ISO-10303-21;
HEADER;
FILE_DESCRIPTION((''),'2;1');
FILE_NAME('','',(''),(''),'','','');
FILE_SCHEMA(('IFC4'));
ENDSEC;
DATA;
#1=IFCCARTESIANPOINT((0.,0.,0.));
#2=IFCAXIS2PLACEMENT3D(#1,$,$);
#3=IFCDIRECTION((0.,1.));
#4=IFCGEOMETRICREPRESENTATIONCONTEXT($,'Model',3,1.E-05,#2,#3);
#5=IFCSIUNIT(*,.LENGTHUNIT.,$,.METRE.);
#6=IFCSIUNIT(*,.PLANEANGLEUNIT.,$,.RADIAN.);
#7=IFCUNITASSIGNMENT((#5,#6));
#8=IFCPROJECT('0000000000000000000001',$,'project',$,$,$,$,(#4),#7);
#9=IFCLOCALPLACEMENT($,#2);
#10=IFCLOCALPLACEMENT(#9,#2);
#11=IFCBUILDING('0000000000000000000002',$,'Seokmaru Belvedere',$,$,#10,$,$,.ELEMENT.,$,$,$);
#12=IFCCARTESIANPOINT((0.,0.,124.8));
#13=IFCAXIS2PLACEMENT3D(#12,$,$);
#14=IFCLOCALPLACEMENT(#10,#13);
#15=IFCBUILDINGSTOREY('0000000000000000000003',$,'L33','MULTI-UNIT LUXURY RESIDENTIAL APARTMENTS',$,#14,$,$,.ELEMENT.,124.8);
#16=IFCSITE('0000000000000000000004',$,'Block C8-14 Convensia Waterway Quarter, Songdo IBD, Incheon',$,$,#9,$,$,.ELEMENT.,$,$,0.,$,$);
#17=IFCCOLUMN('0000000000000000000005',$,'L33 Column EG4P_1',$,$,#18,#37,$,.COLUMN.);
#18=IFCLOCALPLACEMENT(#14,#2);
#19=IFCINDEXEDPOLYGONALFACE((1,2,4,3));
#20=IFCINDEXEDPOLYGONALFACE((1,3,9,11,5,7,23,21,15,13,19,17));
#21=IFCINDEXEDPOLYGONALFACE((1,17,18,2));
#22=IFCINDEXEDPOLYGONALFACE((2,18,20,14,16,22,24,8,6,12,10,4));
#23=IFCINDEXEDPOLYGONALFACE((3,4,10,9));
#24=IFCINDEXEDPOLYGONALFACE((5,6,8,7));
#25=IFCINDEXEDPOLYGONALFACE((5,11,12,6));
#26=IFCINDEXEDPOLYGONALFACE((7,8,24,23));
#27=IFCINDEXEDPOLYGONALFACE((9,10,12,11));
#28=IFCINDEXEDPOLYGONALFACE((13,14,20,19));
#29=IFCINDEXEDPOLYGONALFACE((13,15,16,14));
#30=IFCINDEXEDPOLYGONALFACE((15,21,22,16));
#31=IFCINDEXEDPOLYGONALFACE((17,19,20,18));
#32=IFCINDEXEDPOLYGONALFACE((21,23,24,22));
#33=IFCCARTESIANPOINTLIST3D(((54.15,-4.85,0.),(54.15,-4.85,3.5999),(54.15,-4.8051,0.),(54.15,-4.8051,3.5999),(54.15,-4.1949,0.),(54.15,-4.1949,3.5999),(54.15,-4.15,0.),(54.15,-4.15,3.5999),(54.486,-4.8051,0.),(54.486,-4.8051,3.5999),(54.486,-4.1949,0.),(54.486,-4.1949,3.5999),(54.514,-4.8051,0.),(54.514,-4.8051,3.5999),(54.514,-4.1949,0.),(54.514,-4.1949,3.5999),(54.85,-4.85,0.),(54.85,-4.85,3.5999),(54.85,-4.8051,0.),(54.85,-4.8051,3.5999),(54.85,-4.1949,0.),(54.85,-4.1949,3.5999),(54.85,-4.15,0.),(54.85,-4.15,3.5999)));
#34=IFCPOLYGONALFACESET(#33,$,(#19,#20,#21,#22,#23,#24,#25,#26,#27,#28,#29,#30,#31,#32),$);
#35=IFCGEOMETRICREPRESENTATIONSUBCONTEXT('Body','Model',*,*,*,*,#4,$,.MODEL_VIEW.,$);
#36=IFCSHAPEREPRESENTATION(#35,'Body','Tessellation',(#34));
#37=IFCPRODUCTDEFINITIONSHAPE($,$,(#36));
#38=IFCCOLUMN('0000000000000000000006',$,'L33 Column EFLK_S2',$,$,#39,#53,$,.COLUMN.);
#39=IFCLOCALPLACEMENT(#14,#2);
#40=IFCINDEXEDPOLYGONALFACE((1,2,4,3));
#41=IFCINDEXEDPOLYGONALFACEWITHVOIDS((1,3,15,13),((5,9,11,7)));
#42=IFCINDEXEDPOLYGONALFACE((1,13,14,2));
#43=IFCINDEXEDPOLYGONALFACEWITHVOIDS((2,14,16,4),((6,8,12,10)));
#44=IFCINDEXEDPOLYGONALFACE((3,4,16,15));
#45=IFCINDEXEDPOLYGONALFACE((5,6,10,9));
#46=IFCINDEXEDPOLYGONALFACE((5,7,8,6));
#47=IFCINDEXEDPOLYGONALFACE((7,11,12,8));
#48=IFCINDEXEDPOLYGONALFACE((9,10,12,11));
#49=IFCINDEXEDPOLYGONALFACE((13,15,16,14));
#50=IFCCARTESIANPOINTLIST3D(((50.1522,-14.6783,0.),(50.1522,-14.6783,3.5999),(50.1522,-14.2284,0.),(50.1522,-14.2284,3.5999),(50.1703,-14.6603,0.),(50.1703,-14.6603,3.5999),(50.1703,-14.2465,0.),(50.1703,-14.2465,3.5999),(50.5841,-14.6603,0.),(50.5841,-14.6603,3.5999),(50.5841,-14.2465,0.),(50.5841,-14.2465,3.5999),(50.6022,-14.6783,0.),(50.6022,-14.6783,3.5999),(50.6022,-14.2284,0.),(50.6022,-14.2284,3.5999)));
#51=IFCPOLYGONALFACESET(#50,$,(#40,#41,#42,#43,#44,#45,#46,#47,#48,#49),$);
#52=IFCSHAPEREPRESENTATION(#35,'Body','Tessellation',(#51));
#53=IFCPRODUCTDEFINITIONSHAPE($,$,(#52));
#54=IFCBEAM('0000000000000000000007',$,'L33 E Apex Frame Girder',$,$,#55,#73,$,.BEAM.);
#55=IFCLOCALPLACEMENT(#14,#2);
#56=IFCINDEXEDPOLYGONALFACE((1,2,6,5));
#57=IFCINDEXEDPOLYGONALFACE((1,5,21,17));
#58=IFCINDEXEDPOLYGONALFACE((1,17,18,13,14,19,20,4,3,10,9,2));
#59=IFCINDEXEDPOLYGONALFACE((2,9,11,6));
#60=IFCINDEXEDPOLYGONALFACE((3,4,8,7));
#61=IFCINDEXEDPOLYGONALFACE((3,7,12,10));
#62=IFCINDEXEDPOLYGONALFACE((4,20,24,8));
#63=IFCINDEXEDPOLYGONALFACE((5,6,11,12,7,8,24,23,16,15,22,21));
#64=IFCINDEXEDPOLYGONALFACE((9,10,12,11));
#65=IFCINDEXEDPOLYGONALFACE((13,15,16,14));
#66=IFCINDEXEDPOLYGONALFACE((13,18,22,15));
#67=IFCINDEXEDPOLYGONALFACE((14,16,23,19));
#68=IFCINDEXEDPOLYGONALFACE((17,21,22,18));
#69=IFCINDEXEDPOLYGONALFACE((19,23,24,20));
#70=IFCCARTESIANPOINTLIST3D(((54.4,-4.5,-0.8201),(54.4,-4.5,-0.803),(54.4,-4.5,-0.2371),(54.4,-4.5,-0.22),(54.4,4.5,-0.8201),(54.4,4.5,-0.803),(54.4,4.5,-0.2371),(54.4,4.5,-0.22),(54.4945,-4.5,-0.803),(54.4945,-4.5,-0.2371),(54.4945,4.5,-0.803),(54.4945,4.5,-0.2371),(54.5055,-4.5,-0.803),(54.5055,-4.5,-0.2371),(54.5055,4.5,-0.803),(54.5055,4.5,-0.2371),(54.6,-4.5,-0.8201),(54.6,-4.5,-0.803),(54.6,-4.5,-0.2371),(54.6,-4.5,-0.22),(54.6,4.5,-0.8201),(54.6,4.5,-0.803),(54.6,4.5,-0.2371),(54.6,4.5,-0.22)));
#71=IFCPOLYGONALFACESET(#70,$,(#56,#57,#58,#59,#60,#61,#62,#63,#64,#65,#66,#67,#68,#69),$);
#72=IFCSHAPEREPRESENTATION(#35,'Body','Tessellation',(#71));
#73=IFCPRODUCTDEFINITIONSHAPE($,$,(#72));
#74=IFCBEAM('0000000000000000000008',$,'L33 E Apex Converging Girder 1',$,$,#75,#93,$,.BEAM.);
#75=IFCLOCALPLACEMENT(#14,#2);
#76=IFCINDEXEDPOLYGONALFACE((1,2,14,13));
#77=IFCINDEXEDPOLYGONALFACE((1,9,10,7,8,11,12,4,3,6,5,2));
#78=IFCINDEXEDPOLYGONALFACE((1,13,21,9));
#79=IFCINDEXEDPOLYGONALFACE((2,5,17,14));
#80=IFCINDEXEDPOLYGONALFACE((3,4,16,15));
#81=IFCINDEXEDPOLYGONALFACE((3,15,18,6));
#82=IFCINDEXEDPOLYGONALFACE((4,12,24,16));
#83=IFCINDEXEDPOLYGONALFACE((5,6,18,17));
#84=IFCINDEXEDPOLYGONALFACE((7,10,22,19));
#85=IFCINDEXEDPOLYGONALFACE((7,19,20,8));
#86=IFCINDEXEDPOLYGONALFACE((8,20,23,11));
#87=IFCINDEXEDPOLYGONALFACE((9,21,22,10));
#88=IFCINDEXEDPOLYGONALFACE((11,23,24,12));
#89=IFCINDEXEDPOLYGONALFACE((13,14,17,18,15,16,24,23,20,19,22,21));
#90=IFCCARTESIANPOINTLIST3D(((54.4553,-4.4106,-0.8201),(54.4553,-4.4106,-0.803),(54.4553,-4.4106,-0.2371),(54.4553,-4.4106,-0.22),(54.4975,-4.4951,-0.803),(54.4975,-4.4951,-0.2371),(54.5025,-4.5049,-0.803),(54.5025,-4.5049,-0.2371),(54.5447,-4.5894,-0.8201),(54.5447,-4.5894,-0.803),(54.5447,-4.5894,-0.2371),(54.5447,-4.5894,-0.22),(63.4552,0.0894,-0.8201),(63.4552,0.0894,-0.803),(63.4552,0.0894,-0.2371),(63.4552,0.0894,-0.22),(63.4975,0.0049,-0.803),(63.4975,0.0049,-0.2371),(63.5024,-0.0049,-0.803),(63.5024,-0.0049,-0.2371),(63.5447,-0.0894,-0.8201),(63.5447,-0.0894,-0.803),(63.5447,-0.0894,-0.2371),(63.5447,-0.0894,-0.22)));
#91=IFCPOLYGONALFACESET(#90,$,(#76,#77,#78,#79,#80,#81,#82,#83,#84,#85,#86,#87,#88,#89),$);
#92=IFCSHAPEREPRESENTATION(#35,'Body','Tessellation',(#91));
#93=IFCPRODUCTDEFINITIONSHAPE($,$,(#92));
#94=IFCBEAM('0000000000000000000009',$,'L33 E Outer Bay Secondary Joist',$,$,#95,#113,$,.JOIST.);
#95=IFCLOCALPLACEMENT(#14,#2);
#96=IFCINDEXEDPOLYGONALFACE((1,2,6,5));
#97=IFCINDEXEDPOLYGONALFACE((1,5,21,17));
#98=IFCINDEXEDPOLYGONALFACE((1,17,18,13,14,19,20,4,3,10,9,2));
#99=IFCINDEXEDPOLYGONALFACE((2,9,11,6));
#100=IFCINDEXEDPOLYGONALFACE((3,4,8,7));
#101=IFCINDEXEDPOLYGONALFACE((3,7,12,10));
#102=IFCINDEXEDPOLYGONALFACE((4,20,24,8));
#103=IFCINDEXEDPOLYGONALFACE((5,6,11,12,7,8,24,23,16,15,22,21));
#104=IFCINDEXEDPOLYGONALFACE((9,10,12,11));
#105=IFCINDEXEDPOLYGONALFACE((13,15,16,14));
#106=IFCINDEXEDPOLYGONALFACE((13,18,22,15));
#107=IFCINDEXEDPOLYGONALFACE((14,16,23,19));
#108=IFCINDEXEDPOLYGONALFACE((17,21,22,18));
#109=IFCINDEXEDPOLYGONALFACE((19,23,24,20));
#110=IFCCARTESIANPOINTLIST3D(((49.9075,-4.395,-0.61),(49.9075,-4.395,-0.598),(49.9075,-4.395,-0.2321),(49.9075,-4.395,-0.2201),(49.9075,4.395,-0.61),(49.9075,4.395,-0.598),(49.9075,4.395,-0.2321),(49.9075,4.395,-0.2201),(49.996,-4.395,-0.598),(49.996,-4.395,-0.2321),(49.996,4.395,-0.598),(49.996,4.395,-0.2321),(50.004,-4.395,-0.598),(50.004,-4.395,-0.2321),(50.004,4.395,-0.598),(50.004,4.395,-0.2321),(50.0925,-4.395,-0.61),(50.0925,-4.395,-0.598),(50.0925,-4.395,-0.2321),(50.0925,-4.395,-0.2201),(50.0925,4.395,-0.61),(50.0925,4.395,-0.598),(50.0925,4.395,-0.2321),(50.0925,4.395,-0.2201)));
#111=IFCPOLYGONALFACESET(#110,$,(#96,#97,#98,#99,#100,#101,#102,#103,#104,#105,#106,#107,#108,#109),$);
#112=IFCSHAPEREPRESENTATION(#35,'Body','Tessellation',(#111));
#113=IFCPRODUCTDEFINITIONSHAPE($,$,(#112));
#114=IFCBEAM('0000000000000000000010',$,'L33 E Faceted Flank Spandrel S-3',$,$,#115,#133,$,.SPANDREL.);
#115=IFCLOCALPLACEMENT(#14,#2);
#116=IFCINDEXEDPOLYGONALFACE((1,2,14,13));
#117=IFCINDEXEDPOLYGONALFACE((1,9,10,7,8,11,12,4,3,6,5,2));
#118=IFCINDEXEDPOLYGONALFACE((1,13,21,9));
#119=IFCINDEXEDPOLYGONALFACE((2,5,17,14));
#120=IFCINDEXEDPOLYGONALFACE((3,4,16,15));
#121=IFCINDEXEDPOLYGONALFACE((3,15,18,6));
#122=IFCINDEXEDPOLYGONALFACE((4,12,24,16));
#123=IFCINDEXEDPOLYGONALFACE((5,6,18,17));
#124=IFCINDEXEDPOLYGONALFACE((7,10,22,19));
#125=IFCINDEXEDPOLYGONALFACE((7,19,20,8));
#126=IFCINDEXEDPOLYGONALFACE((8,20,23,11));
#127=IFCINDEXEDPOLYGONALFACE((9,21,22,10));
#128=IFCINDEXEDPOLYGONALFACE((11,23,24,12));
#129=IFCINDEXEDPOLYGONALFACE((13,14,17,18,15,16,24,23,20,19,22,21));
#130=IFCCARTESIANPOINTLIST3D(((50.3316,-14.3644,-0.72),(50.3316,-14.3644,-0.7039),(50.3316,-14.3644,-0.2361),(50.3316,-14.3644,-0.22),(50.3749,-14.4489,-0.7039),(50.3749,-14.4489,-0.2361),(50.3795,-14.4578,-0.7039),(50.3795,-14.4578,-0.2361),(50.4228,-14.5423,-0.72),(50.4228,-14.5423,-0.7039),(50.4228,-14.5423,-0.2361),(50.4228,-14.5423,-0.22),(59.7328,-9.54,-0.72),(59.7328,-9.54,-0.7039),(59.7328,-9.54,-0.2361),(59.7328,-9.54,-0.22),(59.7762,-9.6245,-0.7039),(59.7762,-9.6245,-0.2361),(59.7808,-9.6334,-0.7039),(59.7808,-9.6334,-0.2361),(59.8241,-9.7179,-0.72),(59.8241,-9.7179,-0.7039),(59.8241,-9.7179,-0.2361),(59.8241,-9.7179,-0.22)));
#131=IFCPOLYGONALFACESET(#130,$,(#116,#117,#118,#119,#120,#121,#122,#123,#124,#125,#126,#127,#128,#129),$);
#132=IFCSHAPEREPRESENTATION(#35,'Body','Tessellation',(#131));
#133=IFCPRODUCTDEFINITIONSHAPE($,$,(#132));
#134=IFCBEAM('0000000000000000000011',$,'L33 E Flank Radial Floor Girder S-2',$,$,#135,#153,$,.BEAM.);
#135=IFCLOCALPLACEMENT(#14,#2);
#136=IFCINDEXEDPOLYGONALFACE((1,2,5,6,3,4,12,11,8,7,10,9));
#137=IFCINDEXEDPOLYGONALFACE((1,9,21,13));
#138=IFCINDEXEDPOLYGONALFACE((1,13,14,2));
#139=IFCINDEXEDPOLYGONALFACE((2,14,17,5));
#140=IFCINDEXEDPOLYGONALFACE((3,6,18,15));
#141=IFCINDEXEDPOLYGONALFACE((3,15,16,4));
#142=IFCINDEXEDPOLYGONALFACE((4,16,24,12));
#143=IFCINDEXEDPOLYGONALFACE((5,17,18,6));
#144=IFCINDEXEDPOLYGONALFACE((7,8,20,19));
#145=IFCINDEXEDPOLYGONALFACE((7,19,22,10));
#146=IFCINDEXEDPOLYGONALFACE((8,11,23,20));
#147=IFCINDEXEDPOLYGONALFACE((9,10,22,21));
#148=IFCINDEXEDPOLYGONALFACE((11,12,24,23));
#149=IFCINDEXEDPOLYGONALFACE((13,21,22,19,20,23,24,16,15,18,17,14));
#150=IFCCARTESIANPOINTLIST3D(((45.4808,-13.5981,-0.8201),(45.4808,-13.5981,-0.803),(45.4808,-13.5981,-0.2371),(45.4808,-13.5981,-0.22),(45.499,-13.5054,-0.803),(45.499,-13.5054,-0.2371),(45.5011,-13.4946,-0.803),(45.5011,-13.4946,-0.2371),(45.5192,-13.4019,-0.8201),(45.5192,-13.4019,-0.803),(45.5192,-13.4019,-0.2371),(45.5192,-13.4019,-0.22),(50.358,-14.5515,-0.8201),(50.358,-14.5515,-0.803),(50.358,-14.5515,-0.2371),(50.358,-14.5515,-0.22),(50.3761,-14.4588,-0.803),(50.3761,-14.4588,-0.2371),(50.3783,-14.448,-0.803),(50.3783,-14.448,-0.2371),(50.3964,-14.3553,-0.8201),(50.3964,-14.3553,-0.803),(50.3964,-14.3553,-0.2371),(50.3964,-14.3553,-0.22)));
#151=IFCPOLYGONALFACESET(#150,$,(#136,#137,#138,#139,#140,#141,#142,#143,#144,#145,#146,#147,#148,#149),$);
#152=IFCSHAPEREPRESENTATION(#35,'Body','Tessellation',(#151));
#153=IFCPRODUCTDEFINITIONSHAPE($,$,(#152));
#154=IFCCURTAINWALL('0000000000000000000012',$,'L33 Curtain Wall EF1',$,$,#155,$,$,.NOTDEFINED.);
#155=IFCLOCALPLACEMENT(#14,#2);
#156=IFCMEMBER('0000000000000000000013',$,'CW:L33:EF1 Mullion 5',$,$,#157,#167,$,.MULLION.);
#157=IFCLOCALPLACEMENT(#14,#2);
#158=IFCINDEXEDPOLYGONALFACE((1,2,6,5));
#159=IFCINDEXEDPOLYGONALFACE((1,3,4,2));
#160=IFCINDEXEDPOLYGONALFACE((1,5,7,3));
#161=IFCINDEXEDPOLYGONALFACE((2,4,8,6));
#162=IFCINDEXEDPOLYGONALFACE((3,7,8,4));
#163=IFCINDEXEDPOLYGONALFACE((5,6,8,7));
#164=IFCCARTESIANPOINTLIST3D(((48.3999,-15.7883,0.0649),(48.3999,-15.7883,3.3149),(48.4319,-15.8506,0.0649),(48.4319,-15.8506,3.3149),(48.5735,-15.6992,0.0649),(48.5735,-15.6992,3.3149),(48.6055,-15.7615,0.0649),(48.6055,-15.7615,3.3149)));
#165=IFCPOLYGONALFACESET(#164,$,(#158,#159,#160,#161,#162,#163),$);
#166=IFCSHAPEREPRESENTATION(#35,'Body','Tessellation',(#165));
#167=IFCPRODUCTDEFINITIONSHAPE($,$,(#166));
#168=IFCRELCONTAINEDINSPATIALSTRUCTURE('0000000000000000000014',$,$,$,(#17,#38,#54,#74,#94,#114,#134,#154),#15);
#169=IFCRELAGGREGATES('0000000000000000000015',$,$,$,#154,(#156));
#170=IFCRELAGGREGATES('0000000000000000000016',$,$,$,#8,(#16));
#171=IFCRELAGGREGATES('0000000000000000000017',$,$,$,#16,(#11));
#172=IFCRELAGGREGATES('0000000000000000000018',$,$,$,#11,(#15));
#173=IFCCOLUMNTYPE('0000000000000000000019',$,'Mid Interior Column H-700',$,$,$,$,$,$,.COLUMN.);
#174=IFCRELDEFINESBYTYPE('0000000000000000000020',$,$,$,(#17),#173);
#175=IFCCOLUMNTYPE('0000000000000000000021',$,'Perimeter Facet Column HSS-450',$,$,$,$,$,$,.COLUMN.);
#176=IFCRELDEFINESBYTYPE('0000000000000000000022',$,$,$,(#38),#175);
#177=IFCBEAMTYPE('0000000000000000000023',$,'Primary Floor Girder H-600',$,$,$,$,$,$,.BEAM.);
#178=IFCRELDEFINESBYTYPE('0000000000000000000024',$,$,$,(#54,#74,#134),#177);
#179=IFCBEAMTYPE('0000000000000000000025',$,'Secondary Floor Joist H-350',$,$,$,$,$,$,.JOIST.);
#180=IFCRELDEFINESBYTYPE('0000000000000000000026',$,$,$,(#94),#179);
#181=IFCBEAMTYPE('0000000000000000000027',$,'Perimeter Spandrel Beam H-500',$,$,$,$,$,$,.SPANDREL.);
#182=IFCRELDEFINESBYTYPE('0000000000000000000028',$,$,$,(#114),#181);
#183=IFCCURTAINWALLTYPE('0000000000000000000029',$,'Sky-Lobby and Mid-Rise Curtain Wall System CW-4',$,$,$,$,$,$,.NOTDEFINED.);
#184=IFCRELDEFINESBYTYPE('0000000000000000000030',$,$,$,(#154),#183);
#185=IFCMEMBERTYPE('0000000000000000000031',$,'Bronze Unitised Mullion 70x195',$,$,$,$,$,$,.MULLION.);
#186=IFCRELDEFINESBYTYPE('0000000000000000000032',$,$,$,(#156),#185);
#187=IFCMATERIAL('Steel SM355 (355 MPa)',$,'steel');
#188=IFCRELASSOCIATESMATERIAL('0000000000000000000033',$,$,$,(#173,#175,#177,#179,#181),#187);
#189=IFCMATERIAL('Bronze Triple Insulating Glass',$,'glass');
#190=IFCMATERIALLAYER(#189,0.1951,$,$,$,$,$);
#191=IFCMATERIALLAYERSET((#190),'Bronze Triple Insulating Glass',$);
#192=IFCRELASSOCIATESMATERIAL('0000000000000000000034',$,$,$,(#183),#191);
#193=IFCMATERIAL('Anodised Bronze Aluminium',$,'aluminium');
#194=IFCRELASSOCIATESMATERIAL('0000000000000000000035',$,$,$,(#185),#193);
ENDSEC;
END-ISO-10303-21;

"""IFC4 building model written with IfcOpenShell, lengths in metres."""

from ifc_helpers import new_model, si_unit, direction, frame, origin, origin_2d, place, context, subcontext, project, spatial, rectangle, hollow_rectangle, i_section, extrude, source, transform, mapped, material, layer, layer_set, material_profile, profile_set, type_object, type_shapes, element, aggregate, save


model = new_model("IFC4")

# Units and contexts
model_context = context("Model", 3, precision=1e-05, world=origin(), true_north=direction((0.0, 1.0)))
body_context = subcontext(model_context, "Body", "Model", "MODEL_VIEW")
ifc_project = project(units=[si_unit("LENGTHUNIT", "METRE"), si_unit("PLANEANGLEUNIT", "RADIAN")], contexts=[model_context])

# Site, building, storey
site_placement = place(None, origin())
site = spatial("IfcSite", under=ifc_project, at=site_placement, Name="Block C8-14 Convensia Waterway Quarter, Songdo IBD, Incheon", CompositionType="ELEMENT", RefElevation=0.0)
building_placement = place(site_placement, origin())
building = spatial("IfcBuilding", under=site, at=building_placement, Name="Seokmaru Belvedere", CompositionType="ELEMENT")
storey_placement = place(building_placement, frame((0.0, 0.0, 124.8)))
storey = spatial("IfcBuildingStorey", under=building, at=storey_placement, Name="L33", Description="MULTI-UNIT LUXURY RESIDENTIAL APARTMENTS", CompositionType="ELEMENT", Elevation=124.8)

# Columns
ifc_material_1 = material(Name="Steel SM355 (355 MPa)", Category="steel")
ifc_material_profile_1 = material_profile(ifc_material_1, i_section(OverallWidth=0.7, OverallDepth=0.7, WebThickness=0.0281, FlangeThickness=0.0449, at=origin_2d()), Name="H-700x700x28x45")
ifc_profile_set_1 = profile_set([ifc_material_profile_1], Name="Steel SM355 (355 MPa)")
column_type_1 = type_object("IfcColumnType", Name="Mid Interior Column H-700", PredefinedType="COLUMN", material=ifc_profile_set_1)
shared_shape_1 = source(origin(), body_context, "Body", "SweptSolid", [
    extrude(i_section(OverallWidth=0.7, OverallDepth=0.7, WebThickness=0.0281, FlangeThickness=0.0449, at=origin_2d()), origin(), (0.0, 0.0, 1.0), 3.5999),
])
type_shapes(column_type_1, [shared_shape_1])
column_1_placement = place(storey_placement, frame((54.5, -4.5, 0.0), z_axis=(0.0, 0.0, 1.0), x_axis=(1.0, 0.0, 0.0)))
element("IfcColumn", 1, at=column_1_placement, inside=storey, type_object=column_type_1, Name="L33 Column EG4P_1", PredefinedType="COLUMN", context=body_context, shape_type="MappedRepresentation", body=[
    mapped(shared_shape_1, transform((0.0, 0.0, 0.0), scale=1.0)),
])
ifc_material_profile_2 = material_profile(ifc_material_1, hollow_rectangle(XDim=0.45, YDim=0.45, WallThickness=0.0181, at=origin_2d()), Name="HSS-450x450x18")
ifc_profile_set_2 = profile_set([ifc_material_profile_2], Name="Steel SM355 (355 MPa)")
column_type_2 = type_object("IfcColumnType", Name="Perimeter Facet Column HSS-450", PredefinedType="COLUMN", material=ifc_profile_set_2)
shared_shape_2 = source(origin(), body_context, "Body", "SweptSolid", [
    extrude(hollow_rectangle(XDim=0.45, YDim=0.45, WallThickness=0.0181, at=origin_2d()), origin(), (0.0, 0.0, 1.0), 3.5999),
])
type_shapes(column_type_2, [shared_shape_2])
column_2_placement = place(storey_placement, frame((50.3772, -14.4534, 0.0), z_axis=(0.0, 0.0, 1.0), x_axis=(1.0, 0.0, 0.0)))
element("IfcColumn", 2, at=column_2_placement, inside=storey, type_object=column_type_2, Name="L33 Column EFLK_S2", PredefinedType="COLUMN", context=body_context, shape_type="MappedRepresentation", body=[
    mapped(shared_shape_2, transform((0.0, 0.0, 0.0), scale=1.0)),
])

# Beams
ifc_material_profile_3 = material_profile(ifc_material_1, i_section(OverallWidth=0.2, OverallDepth=0.6001, WebThickness=0.011, FlangeThickness=0.0171, at=origin_2d()), Name="H-600x200x11x17")
ifc_profile_set_3 = profile_set([ifc_material_profile_3], Name="Steel SM355 (355 MPa)")
beam_type_1 = type_object("IfcBeamType", Name="Primary Floor Girder H-600", PredefinedType="BEAM", material=ifc_profile_set_3)
shared_shape_3 = source(origin(), body_context, "Body", "SweptSolid", [
    extrude(i_section(OverallWidth=0.2, OverallDepth=0.6001, WebThickness=0.011, FlangeThickness=0.0171, at=origin_2d()), origin(), (0.0, 0.0, 1.0), 9.0),
])
beam_1_placement = place(storey_placement, frame((54.5, -4.5, -0.52), z_axis=(0.0, 1.0, 0.0), x_axis=(-1.0, 0.0, 0.0)))
element("IfcBeam", 3, at=beam_1_placement, inside=storey, type_object=beam_type_1, Name="L33 E Apex Frame Girder", PredefinedType="BEAM", context=body_context, shape_type="MappedRepresentation", body=[
    mapped(shared_shape_3, transform((0.0, 0.0, 0.0), scale=1.0)),
])
shared_shape_4 = source(origin(), body_context, "Body", "SweptSolid", [
    extrude(i_section(OverallWidth=0.2, OverallDepth=0.6001, WebThickness=0.011, FlangeThickness=0.0171, at=origin_2d()), origin(), (0.0, 0.0, 1.0), 10.0623),
])
beam_2_placement = place(storey_placement, frame((54.5, -4.5, -0.52), z_axis=(0.894427, 0.447214, 0.0), x_axis=(-0.447214, 0.894427, 0.0)))
element("IfcBeam", 4, at=beam_2_placement, inside=storey, type_object=beam_type_1, Name="L33 E Apex Converging Girder 1", PredefinedType="BEAM", context=body_context, shape_type="MappedRepresentation", body=[
    mapped(shared_shape_4, transform((0.0, 0.0, 0.0), scale=1.0)),
])
ifc_material_profile_4 = material_profile(ifc_material_1, i_section(OverallWidth=0.1851, OverallDepth=0.3899, WebThickness=0.0081, FlangeThickness=0.012, at=origin_2d()), Name="H-390x185x8x12")
ifc_profile_set_4 = profile_set([ifc_material_profile_4], Name="Steel SM355 (355 MPa)")
beam_type_2 = type_object("IfcBeamType", Name="Secondary Floor Joist H-350", PredefinedType="JOIST", material=ifc_profile_set_4)
shared_shape_5 = source(origin(), body_context, "Body", "SweptSolid", [
    extrude(i_section(OverallWidth=0.1851, OverallDepth=0.3899, WebThickness=0.0081, FlangeThickness=0.012, at=origin_2d()), origin(), (0.0, 0.0, 1.0), 8.79),
])
type_shapes(beam_type_2, [shared_shape_5])
beam_3_placement = place(storey_placement, frame((50.0, -4.395, -0.415), z_axis=(0.0, 1.0, 0.0), x_axis=(-1.0, 0.0, 0.0)))
element("IfcBeam", 5, at=beam_3_placement, inside=storey, type_object=beam_type_2, Name="L33 E Outer Bay Secondary Joist", PredefinedType="JOIST", context=body_context, shape_type="MappedRepresentation", body=[
    mapped(shared_shape_5, transform((0.0, 0.0, 0.0), scale=1.0)),
])
ifc_material_profile_5 = material_profile(ifc_material_1, i_section(OverallWidth=0.2, OverallDepth=0.5, WebThickness=0.01, FlangeThickness=0.0161, at=origin_2d()), Name="H-500x200x10x16")
ifc_profile_set_5 = profile_set([ifc_material_profile_5], Name="Steel SM355 (355 MPa)")
beam_type_3 = type_object("IfcBeamType", Name="Perimeter Spandrel Beam H-500", PredefinedType="SPANDREL", material=ifc_profile_set_5)
shared_shape_6 = source(origin(), body_context, "Body", "SweptSolid", [
    extrude(i_section(OverallWidth=0.2, OverallDepth=0.5, WebThickness=0.01, FlangeThickness=0.0161, at=origin_2d()), origin(), (0.0, 0.0, 1.0), 10.5669),
])
type_shapes(beam_type_3, [shared_shape_6])
beam_4_placement = place(storey_placement, frame((50.3772, -14.4534, -0.47), z_axis=(0.889693, 0.45656, 0.0), x_axis=(-0.45656, 0.889693, 0.0)))
element("IfcBeam", 6, at=beam_4_placement, inside=storey, type_object=beam_type_3, Name="L33 E Faceted Flank Spandrel S-3", PredefinedType="SPANDREL", context=body_context, shape_type="MappedRepresentation", body=[
    mapped(shared_shape_6, transform((0.0, 0.0, 0.0), scale=1.0)),
])
shared_shape_7 = source(origin(), body_context, "Body", "SweptSolid", [
    extrude(i_section(OverallWidth=0.2, OverallDepth=0.6001, WebThickness=0.011, FlangeThickness=0.0171, at=origin_2d()), origin(), (0.0, 0.0, 1.0), 4.9695),
])
type_shapes(beam_type_1, [shared_shape_3, shared_shape_4, shared_shape_7])
beam_5_placement = place(storey_placement, frame((50.3772, -14.4534, -0.52), z_axis=(-0.981425, 0.191844, 0.0), x_axis=(-0.191844, -0.981425, 0.0)))
element("IfcBeam", 7, at=beam_5_placement, inside=storey, type_object=beam_type_1, Name="L33 E Flank Radial Floor Girder S-2", PredefinedType="BEAM", context=body_context, shape_type="MappedRepresentation", body=[
    mapped(shared_shape_7, transform((0.0, 0.0, 0.0), scale=1.0)),
])

# Curtain wall, member
ifc_material_2 = material(Name="Bronze Triple Insulating Glass", Category="glass")
ifc_layer_1 = layer(ifc_material_2, 0.1951)
ifc_layer_set_1 = layer_set([ifc_layer_1], Name="Bronze Triple Insulating Glass")
curtain_wall_type = type_object("IfcCurtainWallType", Name="Sky-Lobby and Mid-Rise Curtain Wall System CW-4", PredefinedType="NOTDEFINED", material=ifc_layer_set_1)
curtain_wall_placement = place(storey_placement, origin())
curtain_wall = element("IfcCurtainWall", 8, at=curtain_wall_placement, inside=storey, type_object=curtain_wall_type, Name="L33 Curtain Wall EF1", PredefinedType="NOTDEFINED")
ifc_material_3 = material(Name="Anodised Bronze Aluminium", Category="aluminium")
ifc_material_profile_6 = material_profile(ifc_material_3, rectangle(XDim=0.0701, YDim=0.1951, at=origin_2d()), Name="CW-M-70x195")
ifc_profile_set_6 = profile_set([ifc_material_profile_6], Name="Anodised Bronze Aluminium")
member_type = type_object("IfcMemberType", Name="Bronze Unitised Mullion 70x195", PredefinedType="MULLION", material=ifc_profile_set_6)
shared_shape_8 = source(origin(), body_context, "Body", "SweptSolid", [
    extrude(rectangle(XDim=0.0701, YDim=0.1951, at=origin_2d()), origin(), (0.0, 0.0, 1.0), 3.25),
])
type_shapes(member_type, [shared_shape_8])
member_1_placement = place(storey_placement, frame((48.5027, -15.7749, 0.0649), z_axis=(0.0, 0.0, 1.0), x_axis=(-0.456555, 0.889695, 0.0)))
member_1 = element("IfcMember", 9, at=member_1_placement, type_object=member_type, Name="CW:L33:EF1 Mullion 5", PredefinedType="MULLION", context=body_context, shape_type="MappedRepresentation", body=[
    mapped(shared_shape_8, transform((0.0, 0.0, 0.0), scale=1.0)),
])
aggregate(curtain_wall, [member_1])

save(model, "model.ifc")
